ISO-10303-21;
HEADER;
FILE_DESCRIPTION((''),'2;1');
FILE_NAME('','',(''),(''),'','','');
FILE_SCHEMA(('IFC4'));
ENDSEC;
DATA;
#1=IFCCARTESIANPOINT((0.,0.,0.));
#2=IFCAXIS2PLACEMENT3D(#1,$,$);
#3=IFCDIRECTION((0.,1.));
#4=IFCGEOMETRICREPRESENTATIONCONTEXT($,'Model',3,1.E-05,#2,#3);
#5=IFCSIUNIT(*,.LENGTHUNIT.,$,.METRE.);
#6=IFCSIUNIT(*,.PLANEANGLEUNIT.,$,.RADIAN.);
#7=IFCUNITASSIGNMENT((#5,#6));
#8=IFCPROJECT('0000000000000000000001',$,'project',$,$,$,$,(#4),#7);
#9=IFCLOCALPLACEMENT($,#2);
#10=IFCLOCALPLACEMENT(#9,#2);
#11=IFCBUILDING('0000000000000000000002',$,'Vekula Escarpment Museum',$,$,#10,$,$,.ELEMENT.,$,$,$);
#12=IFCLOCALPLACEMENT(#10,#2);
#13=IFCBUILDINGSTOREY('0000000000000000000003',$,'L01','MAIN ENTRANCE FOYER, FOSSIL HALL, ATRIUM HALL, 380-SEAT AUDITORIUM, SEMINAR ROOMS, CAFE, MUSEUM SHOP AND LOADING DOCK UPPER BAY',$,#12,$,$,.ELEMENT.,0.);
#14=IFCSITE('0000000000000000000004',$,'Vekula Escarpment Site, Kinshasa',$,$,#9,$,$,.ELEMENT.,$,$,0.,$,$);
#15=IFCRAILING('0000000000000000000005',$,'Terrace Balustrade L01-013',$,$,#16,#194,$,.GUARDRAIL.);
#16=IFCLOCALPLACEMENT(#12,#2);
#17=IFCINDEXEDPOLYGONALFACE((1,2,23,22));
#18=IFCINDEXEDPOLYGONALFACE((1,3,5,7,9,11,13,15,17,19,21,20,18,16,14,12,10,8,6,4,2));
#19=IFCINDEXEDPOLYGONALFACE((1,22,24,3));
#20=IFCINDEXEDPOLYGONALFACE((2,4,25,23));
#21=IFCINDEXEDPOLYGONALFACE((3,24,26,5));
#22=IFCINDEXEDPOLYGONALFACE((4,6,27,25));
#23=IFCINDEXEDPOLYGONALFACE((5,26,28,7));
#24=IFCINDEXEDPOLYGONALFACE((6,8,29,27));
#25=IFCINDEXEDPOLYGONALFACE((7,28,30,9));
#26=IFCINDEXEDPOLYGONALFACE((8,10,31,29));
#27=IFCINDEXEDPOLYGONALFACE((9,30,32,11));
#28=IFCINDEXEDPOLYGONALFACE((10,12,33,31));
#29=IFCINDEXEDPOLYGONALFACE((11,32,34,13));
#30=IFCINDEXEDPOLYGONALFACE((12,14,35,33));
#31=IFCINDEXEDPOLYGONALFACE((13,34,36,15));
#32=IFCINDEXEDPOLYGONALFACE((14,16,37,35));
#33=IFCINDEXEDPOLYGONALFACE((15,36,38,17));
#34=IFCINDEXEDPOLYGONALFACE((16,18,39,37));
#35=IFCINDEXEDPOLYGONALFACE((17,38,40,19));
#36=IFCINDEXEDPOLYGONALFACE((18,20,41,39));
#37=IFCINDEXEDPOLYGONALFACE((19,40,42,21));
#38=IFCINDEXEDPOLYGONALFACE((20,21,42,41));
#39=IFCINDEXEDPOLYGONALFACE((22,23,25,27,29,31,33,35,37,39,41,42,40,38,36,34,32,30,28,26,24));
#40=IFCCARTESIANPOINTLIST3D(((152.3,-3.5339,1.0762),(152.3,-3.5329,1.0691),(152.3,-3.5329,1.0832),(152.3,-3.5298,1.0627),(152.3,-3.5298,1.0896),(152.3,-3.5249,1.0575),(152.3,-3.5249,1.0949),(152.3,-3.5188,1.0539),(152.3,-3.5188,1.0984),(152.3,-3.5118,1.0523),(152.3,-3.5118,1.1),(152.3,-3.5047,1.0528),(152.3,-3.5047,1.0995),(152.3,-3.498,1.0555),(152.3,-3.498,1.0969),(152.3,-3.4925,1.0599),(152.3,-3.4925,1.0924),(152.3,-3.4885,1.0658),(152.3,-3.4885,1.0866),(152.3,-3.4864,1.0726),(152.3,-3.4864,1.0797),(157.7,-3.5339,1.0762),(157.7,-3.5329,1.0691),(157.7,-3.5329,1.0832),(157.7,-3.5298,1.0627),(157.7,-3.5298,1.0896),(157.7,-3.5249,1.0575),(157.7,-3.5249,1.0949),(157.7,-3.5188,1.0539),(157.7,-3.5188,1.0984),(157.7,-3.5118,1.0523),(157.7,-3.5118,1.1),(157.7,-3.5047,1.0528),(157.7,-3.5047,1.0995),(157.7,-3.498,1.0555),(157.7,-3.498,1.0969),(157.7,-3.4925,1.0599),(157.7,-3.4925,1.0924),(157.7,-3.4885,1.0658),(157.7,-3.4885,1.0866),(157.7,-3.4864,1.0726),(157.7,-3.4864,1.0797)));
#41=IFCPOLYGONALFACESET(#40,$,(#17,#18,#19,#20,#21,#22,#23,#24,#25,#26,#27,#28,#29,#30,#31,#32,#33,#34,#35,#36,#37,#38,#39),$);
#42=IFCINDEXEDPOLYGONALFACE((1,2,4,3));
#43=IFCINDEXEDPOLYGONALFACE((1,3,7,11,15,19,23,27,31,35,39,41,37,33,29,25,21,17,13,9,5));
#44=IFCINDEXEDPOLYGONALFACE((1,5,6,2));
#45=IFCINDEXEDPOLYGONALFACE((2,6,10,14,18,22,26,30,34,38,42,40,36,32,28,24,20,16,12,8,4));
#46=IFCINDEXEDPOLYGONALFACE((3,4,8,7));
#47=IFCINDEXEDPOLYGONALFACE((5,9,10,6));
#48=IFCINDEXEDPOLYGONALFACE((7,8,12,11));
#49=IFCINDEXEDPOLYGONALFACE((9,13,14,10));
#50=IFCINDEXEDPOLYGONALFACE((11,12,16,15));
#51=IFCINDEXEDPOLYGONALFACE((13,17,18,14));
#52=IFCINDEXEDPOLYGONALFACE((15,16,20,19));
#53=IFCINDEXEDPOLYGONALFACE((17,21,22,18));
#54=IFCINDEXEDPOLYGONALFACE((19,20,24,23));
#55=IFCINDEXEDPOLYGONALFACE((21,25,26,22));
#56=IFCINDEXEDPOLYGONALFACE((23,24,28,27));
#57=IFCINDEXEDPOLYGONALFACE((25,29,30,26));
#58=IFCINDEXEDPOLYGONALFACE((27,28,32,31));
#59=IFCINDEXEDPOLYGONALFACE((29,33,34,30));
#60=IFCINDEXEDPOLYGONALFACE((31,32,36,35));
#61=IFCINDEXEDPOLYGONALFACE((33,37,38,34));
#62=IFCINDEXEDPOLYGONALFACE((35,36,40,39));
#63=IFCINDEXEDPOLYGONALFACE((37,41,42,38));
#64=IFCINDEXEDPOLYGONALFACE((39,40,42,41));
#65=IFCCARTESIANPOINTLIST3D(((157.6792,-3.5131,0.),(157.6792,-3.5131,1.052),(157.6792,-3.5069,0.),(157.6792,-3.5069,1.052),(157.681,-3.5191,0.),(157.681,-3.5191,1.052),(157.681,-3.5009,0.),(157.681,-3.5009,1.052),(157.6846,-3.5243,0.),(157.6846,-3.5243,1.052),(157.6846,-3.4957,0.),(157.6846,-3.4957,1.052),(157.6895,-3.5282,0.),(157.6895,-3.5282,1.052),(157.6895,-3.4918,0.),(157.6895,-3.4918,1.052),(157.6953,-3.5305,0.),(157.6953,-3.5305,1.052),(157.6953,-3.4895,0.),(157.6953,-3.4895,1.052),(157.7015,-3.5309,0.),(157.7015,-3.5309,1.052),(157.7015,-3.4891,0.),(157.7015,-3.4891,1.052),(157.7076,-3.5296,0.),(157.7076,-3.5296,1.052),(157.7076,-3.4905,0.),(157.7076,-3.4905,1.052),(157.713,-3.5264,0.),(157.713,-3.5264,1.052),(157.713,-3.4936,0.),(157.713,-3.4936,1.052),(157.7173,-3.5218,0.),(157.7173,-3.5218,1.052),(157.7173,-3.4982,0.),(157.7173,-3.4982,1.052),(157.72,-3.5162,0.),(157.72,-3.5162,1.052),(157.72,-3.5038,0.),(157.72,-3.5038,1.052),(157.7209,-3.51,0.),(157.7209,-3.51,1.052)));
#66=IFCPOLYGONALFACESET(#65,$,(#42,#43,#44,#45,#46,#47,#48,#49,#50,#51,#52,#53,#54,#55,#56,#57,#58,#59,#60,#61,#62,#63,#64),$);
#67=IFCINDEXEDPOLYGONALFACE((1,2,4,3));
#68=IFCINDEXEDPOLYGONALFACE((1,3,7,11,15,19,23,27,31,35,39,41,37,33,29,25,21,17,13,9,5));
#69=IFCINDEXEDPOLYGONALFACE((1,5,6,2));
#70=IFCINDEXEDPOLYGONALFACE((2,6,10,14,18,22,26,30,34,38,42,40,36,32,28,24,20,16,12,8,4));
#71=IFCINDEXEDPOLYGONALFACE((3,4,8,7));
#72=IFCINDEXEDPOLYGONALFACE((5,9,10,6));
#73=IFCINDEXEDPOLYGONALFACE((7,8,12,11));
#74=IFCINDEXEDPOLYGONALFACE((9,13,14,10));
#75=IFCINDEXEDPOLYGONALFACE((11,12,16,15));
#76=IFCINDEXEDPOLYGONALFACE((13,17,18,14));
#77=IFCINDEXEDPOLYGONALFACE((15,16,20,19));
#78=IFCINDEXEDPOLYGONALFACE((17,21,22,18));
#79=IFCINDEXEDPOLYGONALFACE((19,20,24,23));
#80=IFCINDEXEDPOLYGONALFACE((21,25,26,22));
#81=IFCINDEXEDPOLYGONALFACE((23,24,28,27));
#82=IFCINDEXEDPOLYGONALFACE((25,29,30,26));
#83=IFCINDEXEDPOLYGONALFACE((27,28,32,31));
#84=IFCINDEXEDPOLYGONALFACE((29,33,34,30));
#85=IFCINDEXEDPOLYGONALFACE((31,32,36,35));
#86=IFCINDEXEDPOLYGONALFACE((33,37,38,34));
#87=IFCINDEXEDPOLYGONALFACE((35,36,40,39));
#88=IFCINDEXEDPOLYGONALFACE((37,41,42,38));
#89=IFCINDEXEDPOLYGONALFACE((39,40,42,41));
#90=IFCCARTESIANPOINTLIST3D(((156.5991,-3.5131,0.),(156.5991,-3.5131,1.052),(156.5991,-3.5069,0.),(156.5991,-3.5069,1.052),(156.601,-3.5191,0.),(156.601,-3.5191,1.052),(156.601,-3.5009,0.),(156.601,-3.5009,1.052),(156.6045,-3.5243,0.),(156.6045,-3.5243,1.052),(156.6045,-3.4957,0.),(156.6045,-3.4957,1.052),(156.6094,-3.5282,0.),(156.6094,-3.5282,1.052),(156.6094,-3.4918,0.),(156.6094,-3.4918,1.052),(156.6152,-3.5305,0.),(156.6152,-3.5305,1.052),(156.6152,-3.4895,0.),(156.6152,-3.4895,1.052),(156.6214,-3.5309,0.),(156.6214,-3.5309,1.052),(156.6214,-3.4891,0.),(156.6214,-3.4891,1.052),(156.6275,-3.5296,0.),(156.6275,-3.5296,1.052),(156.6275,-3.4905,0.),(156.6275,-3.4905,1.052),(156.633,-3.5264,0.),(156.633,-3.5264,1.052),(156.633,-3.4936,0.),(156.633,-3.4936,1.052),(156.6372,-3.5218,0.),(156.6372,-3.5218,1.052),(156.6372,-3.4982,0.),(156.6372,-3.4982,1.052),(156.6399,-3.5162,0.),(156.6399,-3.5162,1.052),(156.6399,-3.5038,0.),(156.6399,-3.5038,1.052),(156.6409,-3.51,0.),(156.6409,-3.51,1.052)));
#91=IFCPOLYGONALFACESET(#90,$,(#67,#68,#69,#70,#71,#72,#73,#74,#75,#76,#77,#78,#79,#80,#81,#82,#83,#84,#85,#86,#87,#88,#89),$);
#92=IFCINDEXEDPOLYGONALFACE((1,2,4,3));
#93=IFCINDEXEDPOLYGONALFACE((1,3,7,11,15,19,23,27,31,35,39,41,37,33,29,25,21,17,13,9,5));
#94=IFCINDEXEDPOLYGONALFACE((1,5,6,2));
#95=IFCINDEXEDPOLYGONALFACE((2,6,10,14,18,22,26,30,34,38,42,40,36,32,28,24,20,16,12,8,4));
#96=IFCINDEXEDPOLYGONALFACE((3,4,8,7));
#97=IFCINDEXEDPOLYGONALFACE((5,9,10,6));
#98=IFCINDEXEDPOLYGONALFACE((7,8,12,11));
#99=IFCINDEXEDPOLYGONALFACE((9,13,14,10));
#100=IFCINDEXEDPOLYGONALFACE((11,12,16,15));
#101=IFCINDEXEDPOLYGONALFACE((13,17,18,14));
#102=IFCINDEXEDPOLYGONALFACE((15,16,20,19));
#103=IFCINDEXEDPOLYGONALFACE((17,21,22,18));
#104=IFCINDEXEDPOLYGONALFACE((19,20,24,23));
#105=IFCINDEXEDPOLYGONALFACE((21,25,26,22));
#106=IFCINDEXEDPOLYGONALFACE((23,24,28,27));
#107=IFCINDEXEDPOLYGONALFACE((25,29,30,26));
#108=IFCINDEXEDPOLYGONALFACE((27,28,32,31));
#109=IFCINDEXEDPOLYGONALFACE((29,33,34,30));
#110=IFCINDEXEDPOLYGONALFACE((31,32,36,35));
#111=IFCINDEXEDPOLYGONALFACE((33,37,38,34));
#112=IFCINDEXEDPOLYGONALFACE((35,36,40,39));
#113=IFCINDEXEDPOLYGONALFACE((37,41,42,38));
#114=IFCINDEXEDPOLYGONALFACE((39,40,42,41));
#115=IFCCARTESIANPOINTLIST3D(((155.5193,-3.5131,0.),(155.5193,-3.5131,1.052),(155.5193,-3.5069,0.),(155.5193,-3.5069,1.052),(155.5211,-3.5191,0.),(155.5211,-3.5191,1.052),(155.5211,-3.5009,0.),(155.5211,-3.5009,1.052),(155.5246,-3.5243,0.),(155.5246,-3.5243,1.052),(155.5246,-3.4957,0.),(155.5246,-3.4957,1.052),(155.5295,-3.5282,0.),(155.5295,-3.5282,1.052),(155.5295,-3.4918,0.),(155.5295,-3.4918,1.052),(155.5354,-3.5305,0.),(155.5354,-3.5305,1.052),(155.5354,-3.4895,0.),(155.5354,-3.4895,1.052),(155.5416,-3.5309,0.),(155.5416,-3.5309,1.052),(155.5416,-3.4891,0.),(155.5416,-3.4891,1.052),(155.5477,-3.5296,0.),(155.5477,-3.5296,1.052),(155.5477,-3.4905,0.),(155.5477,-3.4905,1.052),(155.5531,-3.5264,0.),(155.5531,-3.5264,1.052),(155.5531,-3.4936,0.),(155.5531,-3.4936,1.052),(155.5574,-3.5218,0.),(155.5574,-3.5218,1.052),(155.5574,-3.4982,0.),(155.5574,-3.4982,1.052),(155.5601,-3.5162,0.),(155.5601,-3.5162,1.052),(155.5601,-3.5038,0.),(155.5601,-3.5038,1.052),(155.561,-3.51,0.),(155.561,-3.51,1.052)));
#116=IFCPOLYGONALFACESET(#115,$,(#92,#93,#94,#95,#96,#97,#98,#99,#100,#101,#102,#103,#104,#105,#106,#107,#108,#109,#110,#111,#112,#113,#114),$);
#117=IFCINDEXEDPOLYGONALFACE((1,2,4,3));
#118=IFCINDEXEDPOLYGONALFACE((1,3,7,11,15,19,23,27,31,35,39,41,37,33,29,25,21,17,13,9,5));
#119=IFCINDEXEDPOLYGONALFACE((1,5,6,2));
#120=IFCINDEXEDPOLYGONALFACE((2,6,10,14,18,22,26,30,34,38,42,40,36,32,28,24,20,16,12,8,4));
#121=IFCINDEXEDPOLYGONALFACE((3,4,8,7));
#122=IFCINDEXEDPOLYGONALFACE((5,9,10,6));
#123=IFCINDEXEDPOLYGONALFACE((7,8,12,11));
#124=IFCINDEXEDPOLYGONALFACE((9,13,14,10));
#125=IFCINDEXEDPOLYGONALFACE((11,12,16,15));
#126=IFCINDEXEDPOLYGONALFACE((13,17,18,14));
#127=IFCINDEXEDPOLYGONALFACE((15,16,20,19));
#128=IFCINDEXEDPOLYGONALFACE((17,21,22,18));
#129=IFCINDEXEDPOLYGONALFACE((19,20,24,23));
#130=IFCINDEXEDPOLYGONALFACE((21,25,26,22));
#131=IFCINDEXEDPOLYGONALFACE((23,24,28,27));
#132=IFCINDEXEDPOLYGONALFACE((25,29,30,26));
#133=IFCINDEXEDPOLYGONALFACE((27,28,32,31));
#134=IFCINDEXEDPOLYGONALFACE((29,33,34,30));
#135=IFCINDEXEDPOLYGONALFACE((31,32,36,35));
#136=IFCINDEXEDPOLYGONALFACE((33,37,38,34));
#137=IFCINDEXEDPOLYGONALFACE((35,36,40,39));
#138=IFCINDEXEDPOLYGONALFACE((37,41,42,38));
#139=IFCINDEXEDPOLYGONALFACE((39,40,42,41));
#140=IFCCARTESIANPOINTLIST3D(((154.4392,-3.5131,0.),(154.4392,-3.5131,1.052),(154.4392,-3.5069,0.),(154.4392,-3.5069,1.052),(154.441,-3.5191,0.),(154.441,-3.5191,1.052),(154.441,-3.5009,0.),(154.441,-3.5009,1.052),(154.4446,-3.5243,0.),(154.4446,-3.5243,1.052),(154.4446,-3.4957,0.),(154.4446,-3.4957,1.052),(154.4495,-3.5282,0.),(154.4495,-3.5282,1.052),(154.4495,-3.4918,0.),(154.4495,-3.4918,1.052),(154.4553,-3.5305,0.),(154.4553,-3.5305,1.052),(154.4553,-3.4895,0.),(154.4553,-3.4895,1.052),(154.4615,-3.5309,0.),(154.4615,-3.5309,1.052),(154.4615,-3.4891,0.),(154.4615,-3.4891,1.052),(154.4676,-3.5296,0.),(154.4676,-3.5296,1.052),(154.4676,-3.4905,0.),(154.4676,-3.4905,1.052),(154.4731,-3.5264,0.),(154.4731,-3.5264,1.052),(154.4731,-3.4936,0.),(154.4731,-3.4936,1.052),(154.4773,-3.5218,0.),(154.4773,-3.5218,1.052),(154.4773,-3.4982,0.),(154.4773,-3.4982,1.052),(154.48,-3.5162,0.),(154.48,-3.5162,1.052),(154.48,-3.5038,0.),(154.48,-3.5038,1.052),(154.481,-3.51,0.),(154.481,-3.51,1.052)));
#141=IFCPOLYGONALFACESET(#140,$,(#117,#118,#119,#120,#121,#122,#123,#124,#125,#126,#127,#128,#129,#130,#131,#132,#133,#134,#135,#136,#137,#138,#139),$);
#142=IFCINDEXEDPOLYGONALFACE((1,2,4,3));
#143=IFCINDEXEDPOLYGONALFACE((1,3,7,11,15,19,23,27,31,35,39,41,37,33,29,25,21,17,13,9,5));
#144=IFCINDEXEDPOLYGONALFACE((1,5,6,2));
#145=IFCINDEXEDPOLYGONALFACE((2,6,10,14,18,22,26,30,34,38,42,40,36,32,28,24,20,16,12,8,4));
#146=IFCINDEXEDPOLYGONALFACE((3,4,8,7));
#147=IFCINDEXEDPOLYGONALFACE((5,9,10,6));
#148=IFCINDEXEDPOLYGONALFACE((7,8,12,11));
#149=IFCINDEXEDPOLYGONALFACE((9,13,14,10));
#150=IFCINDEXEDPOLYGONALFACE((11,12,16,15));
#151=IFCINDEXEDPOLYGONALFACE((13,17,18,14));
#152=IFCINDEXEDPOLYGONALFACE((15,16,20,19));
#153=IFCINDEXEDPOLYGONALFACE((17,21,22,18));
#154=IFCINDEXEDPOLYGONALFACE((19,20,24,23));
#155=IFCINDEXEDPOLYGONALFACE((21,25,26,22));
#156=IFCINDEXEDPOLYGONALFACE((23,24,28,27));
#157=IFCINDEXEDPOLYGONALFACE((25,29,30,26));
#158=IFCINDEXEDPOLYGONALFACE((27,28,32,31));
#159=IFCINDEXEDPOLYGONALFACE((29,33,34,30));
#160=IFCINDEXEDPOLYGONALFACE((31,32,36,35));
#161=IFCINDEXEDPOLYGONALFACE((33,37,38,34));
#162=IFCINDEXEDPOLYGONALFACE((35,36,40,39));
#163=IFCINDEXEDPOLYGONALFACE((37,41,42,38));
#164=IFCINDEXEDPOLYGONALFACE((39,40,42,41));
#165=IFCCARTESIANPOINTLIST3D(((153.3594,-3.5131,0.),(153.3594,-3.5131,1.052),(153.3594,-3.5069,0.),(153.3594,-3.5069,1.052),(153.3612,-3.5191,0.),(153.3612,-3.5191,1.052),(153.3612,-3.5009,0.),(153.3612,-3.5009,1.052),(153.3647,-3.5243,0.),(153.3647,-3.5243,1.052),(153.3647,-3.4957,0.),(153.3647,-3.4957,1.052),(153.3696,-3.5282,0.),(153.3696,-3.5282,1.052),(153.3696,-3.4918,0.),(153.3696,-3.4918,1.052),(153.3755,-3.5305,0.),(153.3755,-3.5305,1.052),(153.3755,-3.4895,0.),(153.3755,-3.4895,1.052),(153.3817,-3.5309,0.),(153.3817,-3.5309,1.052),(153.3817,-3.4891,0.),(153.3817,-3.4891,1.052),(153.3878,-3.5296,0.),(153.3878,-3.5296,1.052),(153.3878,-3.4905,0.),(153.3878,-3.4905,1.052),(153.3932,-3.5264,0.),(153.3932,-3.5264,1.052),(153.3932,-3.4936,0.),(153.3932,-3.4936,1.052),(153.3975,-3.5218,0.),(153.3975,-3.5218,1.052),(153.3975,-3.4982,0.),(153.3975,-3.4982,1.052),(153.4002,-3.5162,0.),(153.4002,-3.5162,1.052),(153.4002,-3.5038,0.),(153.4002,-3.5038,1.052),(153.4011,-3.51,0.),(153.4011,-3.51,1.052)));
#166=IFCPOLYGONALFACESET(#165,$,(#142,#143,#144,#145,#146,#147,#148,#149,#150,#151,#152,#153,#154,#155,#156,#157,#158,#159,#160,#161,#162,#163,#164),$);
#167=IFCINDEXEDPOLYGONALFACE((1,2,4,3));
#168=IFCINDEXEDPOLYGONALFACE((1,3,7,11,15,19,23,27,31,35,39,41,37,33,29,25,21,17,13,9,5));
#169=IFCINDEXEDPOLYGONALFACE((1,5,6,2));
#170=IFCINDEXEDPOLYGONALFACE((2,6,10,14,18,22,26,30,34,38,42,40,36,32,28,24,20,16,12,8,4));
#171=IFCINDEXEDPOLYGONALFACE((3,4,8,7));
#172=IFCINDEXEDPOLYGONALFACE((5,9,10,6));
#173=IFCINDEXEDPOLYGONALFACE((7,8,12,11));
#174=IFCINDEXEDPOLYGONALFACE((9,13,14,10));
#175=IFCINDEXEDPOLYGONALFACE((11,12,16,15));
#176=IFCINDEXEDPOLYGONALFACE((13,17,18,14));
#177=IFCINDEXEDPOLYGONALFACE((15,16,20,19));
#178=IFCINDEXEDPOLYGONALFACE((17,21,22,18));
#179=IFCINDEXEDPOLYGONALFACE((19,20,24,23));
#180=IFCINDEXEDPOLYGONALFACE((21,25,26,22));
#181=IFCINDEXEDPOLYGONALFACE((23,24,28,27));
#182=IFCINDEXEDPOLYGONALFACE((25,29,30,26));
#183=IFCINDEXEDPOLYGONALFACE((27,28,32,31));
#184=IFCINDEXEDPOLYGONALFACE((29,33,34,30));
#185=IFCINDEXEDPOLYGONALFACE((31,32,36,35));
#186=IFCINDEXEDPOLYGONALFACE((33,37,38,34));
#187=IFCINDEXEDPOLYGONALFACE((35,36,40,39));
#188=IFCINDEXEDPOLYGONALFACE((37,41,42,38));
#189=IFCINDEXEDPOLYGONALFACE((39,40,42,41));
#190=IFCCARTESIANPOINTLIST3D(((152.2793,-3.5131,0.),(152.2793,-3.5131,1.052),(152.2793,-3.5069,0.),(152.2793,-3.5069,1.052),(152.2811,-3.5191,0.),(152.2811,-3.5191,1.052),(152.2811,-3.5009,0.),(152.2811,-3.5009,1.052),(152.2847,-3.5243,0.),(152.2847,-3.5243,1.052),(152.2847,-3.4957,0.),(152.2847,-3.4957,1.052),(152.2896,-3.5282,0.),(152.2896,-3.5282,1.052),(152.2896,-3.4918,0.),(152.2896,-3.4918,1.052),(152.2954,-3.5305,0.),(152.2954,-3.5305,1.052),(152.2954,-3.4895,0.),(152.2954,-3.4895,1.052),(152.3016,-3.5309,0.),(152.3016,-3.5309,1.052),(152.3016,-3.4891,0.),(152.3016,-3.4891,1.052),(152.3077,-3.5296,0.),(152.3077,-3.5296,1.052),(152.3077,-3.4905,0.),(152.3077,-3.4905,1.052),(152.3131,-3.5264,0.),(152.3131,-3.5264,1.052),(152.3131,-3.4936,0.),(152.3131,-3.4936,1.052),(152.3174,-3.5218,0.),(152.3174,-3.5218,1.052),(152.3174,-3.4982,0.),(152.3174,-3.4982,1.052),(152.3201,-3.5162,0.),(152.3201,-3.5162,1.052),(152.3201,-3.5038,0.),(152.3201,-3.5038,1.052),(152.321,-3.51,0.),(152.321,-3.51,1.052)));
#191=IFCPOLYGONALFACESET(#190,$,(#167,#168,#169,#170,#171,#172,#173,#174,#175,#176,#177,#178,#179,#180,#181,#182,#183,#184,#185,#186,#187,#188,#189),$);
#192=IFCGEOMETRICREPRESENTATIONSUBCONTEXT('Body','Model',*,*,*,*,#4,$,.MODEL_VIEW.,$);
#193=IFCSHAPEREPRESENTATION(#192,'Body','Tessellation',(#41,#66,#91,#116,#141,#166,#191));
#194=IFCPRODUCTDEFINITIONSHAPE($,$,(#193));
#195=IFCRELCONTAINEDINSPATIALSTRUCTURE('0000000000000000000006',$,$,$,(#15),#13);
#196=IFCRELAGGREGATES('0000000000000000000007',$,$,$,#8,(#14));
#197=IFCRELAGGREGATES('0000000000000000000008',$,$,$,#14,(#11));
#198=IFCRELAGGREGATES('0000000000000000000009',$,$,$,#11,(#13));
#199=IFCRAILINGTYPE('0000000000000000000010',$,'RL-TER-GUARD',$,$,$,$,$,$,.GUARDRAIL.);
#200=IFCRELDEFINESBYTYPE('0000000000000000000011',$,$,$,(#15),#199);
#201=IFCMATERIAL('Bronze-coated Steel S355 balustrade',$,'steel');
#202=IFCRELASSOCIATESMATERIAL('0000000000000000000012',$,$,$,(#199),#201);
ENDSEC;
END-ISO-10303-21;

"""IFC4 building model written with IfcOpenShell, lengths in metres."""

from ifc_helpers import new_model, si_unit, direction, frame, origin, origin_2d, place, context, subcontext, project, spatial, circle, extrude, material, type_object, element, save


model = new_model("IFC4")

# Units and contexts
model_context = context("Model", 3, precision=1e-05, world=origin(), true_north=direction((0.0, 1.0)))
body_context = subcontext(model_context, "Body", "Model", "MODEL_VIEW")
ifc_project = project(units=[si_unit("LENGTHUNIT", "METRE"), si_unit("PLANEANGLEUNIT", "RADIAN")], contexts=[model_context])

# Site, building, storey
site_placement = place(None, origin())
site = spatial("IfcSite", under=ifc_project, at=site_placement, Name="Vekula Escarpment Site, Kinshasa", CompositionType="ELEMENT", RefElevation=0.0)
building_placement = place(site_placement, origin())
building = spatial("IfcBuilding", under=site, at=building_placement, Name="Vekula Escarpment Museum", CompositionType="ELEMENT")
storey_placement = place(building_placement, origin())
storey = spatial("IfcBuildingStorey", under=building, at=storey_placement, Name="L01", Description="MAIN ENTRANCE FOYER, FOSSIL HALL, ATRIUM HALL, 380-SEAT AUDITORIUM, SEMINAR ROOMS, CAFE, MUSEUM SHOP AND LOADING DOCK UPPER BAY", CompositionType="ELEMENT", Elevation=0.0)

# Railing
ifc_material_1 = material(Name="Bronze-coated Steel S355 balustrade", Category="steel")
railing_type = type_object("IfcRailingType", Name="RL-TER-GUARD", PredefinedType="GUARDRAIL", material=ifc_material_1)
railing_1_placement = place(storey_placement, frame((157.7, -3.51, 0.0)))
element("IfcRailing", 1, at=railing_1_placement, inside=storey, type_object=railing_type, Name="Terrace Balustrade L01-013", PredefinedType="GUARDRAIL", context=body_context, shape_type="SweptSolid", body=[
    extrude(circle(Radius=0.0239, at=origin_2d()), frame((0.0, 0.0, 1.0762), z_axis=(-1.0, 0.0, 0.0), x_axis=(0.0, -1.0, 0.0)), (0.0, 0.0, 1.0), 5.3999),
    extrude(circle(Radius=0.021, at=origin_2d()), origin(), (0.0, 0.0, 1.0), 1.052),
    extrude(circle(Radius=0.021, at=origin_2d()), frame((-1.0801, 0.0, 0.0)), (0.0, 0.0, 1.0), 1.052),
    extrude(circle(Radius=0.021, at=origin_2d()), frame((-2.1599, 0.0, 0.0)), (0.0, 0.0, 1.0), 1.052),
    extrude(circle(Radius=0.021, at=origin_2d()), frame((-3.24, 0.0, 0.0)), (0.0, 0.0, 1.0), 1.052),
    extrude(circle(Radius=0.021, at=origin_2d()), frame((-4.3198, 0.0, 0.0)), (0.0, 0.0, 1.0), 1.052),
    extrude(circle(Radius=0.021, at=origin_2d()), frame((-5.3999, 0.0, 0.0)), (0.0, 0.0, 1.0), 1.052),
])

save(model, "model.ifc")
